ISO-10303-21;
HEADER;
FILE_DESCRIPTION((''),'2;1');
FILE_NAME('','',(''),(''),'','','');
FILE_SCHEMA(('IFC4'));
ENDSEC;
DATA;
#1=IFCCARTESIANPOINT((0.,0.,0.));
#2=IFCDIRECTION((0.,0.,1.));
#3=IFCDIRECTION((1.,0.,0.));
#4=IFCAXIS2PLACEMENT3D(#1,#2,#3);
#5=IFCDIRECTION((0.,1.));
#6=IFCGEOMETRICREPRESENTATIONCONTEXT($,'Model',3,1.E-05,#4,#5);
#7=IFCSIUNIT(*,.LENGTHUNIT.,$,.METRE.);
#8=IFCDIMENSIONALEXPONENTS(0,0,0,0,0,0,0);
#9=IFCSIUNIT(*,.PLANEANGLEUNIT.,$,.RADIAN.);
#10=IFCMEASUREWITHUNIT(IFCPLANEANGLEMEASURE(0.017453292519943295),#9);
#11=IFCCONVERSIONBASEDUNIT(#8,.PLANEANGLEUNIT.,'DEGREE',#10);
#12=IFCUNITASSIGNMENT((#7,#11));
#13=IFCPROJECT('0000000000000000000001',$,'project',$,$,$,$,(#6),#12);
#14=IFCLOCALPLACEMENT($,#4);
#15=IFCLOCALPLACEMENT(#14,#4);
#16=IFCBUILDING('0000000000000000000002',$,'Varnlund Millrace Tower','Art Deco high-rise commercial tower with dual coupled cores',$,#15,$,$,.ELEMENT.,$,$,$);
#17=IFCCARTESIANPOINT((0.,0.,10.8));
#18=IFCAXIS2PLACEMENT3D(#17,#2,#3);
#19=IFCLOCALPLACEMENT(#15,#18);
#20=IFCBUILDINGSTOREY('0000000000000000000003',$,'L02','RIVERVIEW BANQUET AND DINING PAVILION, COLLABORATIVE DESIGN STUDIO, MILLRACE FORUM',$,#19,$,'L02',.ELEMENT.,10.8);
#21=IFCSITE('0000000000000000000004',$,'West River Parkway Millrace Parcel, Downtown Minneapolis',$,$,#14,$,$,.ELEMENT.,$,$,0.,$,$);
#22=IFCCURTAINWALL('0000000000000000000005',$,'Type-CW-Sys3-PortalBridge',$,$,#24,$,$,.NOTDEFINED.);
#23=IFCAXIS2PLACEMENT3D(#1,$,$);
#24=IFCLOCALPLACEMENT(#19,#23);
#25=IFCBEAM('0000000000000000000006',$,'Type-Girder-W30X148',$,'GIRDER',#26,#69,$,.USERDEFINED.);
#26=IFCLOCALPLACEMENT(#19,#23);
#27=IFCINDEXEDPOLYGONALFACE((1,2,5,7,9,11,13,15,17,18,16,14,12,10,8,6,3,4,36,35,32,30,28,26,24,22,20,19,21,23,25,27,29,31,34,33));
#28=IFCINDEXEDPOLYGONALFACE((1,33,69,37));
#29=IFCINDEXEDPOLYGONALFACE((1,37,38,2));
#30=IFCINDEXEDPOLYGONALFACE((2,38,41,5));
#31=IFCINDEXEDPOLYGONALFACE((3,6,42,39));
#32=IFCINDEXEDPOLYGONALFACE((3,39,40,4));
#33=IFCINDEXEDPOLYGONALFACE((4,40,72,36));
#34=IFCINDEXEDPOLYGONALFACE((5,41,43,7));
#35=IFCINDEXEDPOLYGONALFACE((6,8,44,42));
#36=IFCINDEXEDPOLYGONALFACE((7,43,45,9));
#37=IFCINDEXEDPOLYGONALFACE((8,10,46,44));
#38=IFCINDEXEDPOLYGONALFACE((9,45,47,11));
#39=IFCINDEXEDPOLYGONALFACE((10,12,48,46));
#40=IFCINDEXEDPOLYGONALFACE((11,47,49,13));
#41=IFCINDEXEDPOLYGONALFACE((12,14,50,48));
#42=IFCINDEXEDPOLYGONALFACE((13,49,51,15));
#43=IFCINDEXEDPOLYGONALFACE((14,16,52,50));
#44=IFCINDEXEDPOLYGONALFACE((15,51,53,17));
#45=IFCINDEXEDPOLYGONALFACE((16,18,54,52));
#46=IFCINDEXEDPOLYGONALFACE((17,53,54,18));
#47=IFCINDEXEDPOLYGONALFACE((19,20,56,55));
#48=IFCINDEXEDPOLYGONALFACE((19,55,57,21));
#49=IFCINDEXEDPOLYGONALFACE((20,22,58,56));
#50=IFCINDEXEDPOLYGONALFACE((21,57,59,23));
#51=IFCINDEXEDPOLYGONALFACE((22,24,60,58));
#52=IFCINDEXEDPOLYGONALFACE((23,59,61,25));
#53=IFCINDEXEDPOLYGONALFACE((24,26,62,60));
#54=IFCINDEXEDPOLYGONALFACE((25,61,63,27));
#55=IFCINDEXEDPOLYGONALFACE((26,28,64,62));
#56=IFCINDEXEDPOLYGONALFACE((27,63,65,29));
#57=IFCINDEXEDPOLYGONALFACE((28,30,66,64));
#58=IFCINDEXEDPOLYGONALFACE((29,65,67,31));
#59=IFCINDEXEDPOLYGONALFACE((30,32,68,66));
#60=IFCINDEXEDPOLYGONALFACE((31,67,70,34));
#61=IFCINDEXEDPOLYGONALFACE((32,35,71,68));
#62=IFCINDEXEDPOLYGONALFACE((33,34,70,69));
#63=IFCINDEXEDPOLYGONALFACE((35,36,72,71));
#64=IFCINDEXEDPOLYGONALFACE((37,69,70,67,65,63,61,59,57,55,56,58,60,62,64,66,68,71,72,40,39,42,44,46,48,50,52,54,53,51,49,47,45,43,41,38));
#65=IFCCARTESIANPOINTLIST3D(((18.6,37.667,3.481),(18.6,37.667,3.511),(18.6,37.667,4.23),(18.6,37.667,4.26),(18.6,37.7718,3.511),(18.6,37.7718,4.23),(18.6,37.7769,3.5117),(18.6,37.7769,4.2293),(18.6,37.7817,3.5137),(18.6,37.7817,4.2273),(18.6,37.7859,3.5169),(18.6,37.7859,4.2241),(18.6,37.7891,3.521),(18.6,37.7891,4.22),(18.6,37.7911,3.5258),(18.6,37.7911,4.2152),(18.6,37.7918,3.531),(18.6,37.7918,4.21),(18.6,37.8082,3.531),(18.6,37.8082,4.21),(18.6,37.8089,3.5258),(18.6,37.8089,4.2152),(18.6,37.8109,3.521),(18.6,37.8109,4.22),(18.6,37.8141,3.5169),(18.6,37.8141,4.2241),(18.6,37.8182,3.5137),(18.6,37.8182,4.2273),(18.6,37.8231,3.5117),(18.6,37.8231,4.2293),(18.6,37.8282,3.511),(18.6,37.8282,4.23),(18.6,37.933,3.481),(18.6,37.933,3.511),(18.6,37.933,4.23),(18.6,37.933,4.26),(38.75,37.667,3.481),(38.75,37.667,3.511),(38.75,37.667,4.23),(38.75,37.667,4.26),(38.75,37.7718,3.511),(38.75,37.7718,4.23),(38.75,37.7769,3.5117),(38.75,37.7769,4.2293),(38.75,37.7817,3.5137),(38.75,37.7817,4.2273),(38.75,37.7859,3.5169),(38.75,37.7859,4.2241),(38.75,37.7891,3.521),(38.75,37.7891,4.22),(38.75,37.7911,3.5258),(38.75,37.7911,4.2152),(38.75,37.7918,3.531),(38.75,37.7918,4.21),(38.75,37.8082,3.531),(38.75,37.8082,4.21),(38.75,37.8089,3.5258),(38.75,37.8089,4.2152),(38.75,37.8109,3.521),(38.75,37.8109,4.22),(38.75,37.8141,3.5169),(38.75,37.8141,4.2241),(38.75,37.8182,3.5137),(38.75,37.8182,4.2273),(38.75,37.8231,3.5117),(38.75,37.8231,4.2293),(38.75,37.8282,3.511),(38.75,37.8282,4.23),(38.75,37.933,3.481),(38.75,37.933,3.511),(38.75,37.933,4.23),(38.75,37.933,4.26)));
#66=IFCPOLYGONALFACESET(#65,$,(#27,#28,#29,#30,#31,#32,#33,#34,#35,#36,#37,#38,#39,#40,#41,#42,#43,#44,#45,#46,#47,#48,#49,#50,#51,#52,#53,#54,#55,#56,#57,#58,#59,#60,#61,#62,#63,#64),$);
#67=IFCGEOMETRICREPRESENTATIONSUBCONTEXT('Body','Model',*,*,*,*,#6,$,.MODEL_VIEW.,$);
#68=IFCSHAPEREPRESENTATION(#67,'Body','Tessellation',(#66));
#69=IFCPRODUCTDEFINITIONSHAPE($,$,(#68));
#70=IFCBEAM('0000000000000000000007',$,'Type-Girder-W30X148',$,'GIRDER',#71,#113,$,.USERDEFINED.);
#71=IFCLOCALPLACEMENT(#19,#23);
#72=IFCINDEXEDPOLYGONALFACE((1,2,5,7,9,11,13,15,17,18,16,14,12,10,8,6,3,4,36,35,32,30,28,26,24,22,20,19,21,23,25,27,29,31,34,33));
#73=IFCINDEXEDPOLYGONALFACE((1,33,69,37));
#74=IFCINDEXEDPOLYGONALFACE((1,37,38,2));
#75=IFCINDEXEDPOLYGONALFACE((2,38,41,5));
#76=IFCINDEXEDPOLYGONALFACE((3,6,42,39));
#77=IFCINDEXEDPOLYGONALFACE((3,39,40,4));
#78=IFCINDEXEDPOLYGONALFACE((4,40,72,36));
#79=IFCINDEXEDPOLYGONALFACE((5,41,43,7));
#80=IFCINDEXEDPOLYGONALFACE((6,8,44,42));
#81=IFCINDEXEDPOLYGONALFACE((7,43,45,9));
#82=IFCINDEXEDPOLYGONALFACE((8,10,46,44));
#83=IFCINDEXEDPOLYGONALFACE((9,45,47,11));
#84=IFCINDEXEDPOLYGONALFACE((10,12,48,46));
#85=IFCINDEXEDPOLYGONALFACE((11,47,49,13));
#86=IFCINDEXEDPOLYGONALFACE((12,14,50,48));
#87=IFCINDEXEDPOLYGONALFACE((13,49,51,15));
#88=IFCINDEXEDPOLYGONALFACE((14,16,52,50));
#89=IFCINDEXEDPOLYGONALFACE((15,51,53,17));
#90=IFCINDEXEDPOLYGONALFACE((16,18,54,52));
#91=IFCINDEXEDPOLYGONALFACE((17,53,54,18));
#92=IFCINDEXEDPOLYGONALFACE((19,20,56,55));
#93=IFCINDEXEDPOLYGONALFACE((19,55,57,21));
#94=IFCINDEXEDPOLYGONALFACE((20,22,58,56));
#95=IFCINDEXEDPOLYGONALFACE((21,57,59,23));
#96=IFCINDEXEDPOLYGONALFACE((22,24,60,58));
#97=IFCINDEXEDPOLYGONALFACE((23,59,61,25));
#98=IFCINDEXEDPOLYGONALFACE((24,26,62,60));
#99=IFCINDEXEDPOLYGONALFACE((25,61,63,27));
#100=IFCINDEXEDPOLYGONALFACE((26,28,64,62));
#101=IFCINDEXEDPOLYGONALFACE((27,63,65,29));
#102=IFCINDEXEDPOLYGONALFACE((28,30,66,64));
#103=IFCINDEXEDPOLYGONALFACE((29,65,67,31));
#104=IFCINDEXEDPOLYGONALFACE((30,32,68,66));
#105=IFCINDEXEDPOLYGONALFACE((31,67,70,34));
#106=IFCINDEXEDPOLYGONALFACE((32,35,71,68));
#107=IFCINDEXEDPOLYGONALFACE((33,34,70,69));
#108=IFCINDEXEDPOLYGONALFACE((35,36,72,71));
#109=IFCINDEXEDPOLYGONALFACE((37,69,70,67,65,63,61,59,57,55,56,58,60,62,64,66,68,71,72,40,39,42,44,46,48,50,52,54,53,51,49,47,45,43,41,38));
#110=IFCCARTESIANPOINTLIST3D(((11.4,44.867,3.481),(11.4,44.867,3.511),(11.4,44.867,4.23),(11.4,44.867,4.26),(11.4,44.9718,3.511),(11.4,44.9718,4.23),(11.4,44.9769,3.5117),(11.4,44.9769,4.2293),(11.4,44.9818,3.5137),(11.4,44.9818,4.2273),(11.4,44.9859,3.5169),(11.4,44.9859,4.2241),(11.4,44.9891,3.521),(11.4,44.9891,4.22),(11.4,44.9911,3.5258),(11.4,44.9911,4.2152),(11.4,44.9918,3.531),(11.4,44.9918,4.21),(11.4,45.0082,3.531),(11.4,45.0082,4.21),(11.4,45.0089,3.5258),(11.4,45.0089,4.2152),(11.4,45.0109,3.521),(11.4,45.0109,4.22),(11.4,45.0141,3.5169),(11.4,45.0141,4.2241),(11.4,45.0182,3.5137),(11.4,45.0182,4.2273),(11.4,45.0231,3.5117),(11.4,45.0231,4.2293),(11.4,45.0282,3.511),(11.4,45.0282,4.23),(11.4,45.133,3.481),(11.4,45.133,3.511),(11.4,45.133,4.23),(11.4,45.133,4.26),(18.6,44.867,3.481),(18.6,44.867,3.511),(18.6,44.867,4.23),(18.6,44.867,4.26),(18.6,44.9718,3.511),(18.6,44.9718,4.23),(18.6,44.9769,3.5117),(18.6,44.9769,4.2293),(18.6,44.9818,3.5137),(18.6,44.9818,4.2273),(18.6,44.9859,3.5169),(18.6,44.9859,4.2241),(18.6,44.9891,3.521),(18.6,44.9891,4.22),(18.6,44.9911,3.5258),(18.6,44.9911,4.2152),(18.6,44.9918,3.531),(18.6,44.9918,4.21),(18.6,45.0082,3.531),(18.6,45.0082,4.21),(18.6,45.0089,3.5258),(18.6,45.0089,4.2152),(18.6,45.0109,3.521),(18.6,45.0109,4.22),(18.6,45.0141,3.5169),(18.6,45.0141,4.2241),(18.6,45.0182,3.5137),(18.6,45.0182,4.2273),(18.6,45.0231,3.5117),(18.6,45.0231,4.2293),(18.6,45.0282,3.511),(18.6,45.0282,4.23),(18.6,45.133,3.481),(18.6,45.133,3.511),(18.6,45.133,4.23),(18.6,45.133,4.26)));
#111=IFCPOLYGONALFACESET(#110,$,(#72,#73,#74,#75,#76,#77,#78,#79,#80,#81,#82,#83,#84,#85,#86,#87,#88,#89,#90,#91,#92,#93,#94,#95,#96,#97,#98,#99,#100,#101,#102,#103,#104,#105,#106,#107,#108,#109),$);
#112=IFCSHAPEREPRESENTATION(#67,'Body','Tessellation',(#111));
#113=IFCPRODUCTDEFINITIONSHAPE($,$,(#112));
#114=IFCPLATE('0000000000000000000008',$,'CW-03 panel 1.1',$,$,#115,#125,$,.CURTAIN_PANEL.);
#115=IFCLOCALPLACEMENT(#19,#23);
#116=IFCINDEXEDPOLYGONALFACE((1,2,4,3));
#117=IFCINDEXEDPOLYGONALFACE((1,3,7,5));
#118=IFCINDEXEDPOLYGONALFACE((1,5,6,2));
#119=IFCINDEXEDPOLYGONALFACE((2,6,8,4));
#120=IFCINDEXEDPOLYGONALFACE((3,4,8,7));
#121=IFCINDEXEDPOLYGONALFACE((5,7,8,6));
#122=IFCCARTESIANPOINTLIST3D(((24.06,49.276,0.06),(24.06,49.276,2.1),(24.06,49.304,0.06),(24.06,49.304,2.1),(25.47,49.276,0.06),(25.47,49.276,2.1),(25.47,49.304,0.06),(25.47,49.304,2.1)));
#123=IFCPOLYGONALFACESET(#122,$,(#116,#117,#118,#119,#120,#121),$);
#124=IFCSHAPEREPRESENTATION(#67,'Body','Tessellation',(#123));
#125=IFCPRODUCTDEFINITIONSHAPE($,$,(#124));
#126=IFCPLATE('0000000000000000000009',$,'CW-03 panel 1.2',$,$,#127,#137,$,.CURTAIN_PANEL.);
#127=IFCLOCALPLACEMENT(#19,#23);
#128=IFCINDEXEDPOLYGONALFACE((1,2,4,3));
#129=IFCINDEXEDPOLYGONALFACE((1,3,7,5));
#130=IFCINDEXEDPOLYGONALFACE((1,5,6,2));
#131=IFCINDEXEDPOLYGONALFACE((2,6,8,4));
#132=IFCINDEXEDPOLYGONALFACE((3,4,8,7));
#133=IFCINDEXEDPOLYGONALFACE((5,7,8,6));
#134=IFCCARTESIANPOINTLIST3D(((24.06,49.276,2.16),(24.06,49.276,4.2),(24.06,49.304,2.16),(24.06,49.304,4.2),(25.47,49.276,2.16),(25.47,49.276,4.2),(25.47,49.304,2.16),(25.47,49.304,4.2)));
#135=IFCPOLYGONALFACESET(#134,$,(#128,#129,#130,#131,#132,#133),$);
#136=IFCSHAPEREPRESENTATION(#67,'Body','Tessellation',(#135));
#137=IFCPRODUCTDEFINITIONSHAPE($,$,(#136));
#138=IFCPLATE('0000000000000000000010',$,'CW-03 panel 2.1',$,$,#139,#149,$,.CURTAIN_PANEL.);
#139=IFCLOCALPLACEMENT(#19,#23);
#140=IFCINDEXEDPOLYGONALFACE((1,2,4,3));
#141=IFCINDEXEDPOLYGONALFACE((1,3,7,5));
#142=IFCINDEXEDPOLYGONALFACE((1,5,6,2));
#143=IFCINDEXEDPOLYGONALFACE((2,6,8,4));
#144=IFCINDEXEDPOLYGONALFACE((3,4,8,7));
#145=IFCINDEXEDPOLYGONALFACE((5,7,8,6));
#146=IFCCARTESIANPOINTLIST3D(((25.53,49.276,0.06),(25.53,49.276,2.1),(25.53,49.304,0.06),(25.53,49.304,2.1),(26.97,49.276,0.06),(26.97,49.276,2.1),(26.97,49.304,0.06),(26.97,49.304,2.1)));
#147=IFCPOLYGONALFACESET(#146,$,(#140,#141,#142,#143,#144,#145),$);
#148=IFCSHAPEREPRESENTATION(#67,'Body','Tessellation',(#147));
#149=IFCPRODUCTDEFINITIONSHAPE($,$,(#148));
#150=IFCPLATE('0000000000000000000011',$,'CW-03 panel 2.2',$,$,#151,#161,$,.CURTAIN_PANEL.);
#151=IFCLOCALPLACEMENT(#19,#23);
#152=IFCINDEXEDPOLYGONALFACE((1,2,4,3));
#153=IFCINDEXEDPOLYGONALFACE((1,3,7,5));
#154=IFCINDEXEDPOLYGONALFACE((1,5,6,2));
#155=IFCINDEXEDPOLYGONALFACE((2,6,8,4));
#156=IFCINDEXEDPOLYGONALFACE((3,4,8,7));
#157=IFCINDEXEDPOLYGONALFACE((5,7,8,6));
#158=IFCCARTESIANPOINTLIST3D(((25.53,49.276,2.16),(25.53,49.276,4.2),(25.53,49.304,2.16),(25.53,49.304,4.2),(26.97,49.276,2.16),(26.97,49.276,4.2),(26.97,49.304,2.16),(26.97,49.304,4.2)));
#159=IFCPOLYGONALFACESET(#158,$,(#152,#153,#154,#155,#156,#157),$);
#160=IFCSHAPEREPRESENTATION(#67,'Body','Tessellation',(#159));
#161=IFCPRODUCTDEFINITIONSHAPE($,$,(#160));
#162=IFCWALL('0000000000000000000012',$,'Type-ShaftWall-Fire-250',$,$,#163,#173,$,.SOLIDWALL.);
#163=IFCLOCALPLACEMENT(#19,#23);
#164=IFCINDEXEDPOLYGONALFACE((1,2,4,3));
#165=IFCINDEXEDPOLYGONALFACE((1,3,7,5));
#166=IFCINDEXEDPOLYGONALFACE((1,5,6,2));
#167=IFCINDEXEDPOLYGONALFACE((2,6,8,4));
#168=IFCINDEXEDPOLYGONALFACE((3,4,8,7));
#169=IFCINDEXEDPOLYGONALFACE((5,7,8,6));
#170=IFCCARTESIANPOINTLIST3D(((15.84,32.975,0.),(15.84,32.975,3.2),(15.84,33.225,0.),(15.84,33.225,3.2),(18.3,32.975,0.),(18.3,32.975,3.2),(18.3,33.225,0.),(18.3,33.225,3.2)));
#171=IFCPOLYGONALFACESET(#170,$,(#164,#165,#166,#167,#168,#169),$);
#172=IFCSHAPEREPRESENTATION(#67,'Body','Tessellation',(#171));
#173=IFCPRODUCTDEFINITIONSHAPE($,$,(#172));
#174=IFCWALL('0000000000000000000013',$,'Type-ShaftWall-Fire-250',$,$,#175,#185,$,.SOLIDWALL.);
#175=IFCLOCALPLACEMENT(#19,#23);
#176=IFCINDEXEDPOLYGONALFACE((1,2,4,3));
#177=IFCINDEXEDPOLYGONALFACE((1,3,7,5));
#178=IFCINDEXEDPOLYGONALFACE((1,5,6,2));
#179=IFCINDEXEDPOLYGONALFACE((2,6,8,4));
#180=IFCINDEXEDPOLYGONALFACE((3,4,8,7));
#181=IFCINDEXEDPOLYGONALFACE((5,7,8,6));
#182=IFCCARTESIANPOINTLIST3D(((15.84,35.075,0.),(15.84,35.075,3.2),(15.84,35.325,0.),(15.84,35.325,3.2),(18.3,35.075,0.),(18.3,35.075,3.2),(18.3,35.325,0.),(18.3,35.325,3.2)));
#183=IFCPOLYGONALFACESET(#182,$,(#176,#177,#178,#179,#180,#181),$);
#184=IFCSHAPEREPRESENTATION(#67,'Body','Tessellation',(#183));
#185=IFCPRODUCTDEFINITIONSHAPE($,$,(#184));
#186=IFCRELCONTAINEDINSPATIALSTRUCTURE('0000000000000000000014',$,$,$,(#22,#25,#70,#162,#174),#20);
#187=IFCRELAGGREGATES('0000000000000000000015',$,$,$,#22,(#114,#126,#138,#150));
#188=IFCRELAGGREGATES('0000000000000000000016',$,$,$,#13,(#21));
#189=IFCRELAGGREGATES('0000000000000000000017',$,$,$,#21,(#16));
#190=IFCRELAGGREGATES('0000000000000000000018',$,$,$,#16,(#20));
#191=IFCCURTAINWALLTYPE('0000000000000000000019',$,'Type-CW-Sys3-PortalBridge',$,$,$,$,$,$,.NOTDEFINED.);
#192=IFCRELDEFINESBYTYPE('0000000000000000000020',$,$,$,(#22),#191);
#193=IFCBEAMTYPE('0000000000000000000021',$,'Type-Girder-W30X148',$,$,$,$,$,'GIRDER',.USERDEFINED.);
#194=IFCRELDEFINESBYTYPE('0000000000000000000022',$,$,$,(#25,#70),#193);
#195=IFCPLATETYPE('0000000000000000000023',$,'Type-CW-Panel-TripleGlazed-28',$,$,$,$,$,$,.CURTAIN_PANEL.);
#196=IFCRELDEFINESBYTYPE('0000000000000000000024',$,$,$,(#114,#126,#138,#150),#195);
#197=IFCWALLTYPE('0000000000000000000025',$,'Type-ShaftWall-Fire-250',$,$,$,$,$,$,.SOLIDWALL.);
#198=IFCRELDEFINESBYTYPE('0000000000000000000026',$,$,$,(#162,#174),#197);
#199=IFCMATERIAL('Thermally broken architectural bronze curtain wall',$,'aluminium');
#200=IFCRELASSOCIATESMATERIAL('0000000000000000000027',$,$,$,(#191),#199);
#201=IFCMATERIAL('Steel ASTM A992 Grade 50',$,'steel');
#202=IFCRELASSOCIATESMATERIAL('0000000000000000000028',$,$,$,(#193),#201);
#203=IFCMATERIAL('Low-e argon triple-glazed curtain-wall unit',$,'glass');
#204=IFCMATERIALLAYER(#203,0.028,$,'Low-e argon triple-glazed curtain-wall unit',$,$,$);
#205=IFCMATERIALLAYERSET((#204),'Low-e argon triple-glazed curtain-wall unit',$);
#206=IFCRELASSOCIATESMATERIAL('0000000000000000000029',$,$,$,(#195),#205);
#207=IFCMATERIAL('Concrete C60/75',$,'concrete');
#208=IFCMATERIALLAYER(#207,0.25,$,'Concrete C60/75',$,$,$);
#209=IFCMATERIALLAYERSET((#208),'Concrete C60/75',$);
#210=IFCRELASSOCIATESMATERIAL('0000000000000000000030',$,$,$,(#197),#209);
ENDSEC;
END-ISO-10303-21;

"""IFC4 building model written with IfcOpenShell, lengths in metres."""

from ifc_helpers import new_model, entity, si_unit, converted_unit, direction, frame, origin_with_axes, origin_2d_with_axis, place, context, subcontext, project, spatial, polyline, rectangle, i_section, outline, extrude, material, layer, layer_set, material_profile, profile_set, type_object, element, aggregate, save


model = new_model("IFC4")

# Units and contexts
model_context = context("Model", 3, precision=1e-05, world=origin_with_axes(), true_north=direction((0.0, 1.0)))
body_context = subcontext(model_context, "Body", "Model", "MODEL_VIEW")
ifc_project = project(units=[si_unit("LENGTHUNIT", "METRE"), converted_unit("PLANEANGLEUNIT", "DEGREE", entity("IfcPlaneAngleMeasure", 0.017453292519943295), si_unit("PLANEANGLEUNIT", "RADIAN"), dimensions=[0, 0, 0, 0, 0, 0, 0])], contexts=[model_context])

# Site, building, storey
site_placement = place(None, origin_with_axes())
site = spatial("IfcSite", under=ifc_project, at=site_placement, Name="West River Parkway Millrace Parcel, Downtown Minneapolis", CompositionType="ELEMENT", RefElevation=0.0)
building_placement = place(site_placement, origin_with_axes())
building = spatial("IfcBuilding", under=site, at=building_placement, Name="Varnlund Millrace Tower", Description="Art Deco high-rise commercial tower with dual coupled cores", CompositionType="ELEMENT")
storey_placement = place(building_placement, frame((0.0, 0.0, 10.8), z_axis=(0.0, 0.0, 1.0), x_axis=(1.0, 0.0, 0.0)))
storey = spatial("IfcBuildingStorey", under=building, at=storey_placement, Name="L02", Description="RIVERVIEW BANQUET AND DINING PAVILION, COLLABORATIVE DESIGN STUDIO, MILLRACE FORUM", LongName="L02", CompositionType="ELEMENT", Elevation=10.8)

# Curtain wall
ifc_material_1 = material(Name="Thermally broken architectural bronze curtain wall", Category="aluminium")
curtain_wall_type = type_object("IfcCurtainWallType", Name="Type-CW-Sys3-PortalBridge", PredefinedType="NOTDEFINED", material=ifc_material_1)
curtain_wall_placement = place(storey_placement, frame((24.0, 49.29, 0.0), z_axis=(0.0, 0.0, 1.0), x_axis=(1.0, 0.0, 0.0)))
curtain_wall = element("IfcCurtainWall", 1, at=curtain_wall_placement, inside=storey, type_object=curtain_wall_type, Name="Type-CW-Sys3-PortalBridge", PredefinedType="NOTDEFINED")

# Beams
ifc_material_2 = material(Name="Steel ASTM A992 Grade 50", Category="steel")
ifc_material_profile_1 = material_profile(ifc_material_2, i_section(OverallWidth=0.266, OverallDepth=0.779, WebThickness=0.0165, FlangeThickness=0.03, FilletRadius=0.02, at=origin_2d_with_axis()), Name="Steel ASTM A992 Grade 50")
ifc_profile_set_1 = profile_set([ifc_material_profile_1], Name="Steel ASTM A992 Grade 50")
beam_type_1 = type_object("IfcBeamType", Name="Type-Girder-W30X148", ElementType="GIRDER", PredefinedType="USERDEFINED", material=ifc_profile_set_1)
beam_1_placement = place(storey_placement, frame((18.6, 37.8, 3.8705), z_axis=(1.0, 0.0, 0.0), x_axis=(0.0, 1.0, 0.0)))
element("IfcBeam", 2, at=beam_1_placement, inside=storey, type_object=beam_type_1, Name="Type-Girder-W30X148", ObjectType="GIRDER", PredefinedType="USERDEFINED", context=body_context, shape_type="SweptSolid", body=[
    extrude(i_section(OverallWidth=0.266, OverallDepth=0.779, WebThickness=0.0165, FlangeThickness=0.03, FilletRadius=0.02, at=origin_2d_with_axis()), origin_with_axes(), (0.0, 0.0, 1.0), 20.15),
])
beam_2_placement = place(storey_placement, frame((11.4, 45.0, 3.8705), z_axis=(1.0, 0.0, 0.0), x_axis=(0.0, 1.0, 0.0)))
element("IfcBeam", 3, at=beam_2_placement, inside=storey, type_object=beam_type_1, Name="Type-Girder-W30X148", ObjectType="GIRDER", PredefinedType="USERDEFINED", context=body_context, shape_type="SweptSolid", body=[
    extrude(i_section(OverallWidth=0.266, OverallDepth=0.779, WebThickness=0.0165, FlangeThickness=0.03, FilletRadius=0.02, at=origin_2d_with_axis()), origin_with_axes(), (0.0, 0.0, 1.0), 7.2),
])

# Plates
ifc_material_3 = material(Name="Low-e argon triple-glazed curtain-wall unit", Category="glass")
ifc_layer_1 = layer(ifc_material_3, 0.028, Name="Low-e argon triple-glazed curtain-wall unit")
ifc_layer_set_1 = layer_set([ifc_layer_1], Name="Low-e argon triple-glazed curtain-wall unit")
plate_type = type_object("IfcPlateType", Name="Type-CW-Panel-TripleGlazed-28", PredefinedType="CURTAIN_PANEL", material=ifc_layer_set_1)
plate_1_placement = place(storey_placement, frame((24.765, 49.29, 0.06), z_axis=(0.0, 0.0, 1.0), x_axis=(1.0, 0.0, 0.0)))
plate_1 = element("IfcPlate", 4, at=plate_1_placement, type_object=plate_type, Name="CW-03 panel 1.1", PredefinedType="CURTAIN_PANEL", context=body_context, shape_type="SweptSolid", body=[
    extrude(rectangle(XDim=1.41, YDim=0.028, at=origin_2d_with_axis()), origin_with_axes(), (0.0, 0.0, 1.0), 2.04),
])
plate_2_placement = place(storey_placement, frame((24.765, 49.29, 2.16), z_axis=(0.0, 0.0, 1.0), x_axis=(1.0, 0.0, 0.0)))
plate_2 = element("IfcPlate", 5, at=plate_2_placement, type_object=plate_type, Name="CW-03 panel 1.2", PredefinedType="CURTAIN_PANEL", context=body_context, shape_type="SweptSolid", body=[
    extrude(rectangle(XDim=1.41, YDim=0.028, at=origin_2d_with_axis()), origin_with_axes(), (0.0, 0.0, 1.0), 2.04),
])
plate_3_placement = place(storey_placement, frame((26.25, 49.29, 0.06), z_axis=(0.0, 0.0, 1.0), x_axis=(1.0, 0.0, 0.0)))
plate_3 = element("IfcPlate", 6, at=plate_3_placement, type_object=plate_type, Name="CW-03 panel 2.1", PredefinedType="CURTAIN_PANEL", context=body_context, shape_type="SweptSolid", body=[
    extrude(rectangle(XDim=1.44, YDim=0.028, at=origin_2d_with_axis()), origin_with_axes(), (0.0, 0.0, 1.0), 2.04),
])
plate_4_placement = place(storey_placement, frame((26.25, 49.29, 2.16), z_axis=(0.0, 0.0, 1.0), x_axis=(1.0, 0.0, 0.0)))
plate_4 = element("IfcPlate", 7, at=plate_4_placement, type_object=plate_type, Name="CW-03 panel 2.2", PredefinedType="CURTAIN_PANEL", context=body_context, shape_type="SweptSolid", body=[
    extrude(rectangle(XDim=1.44, YDim=0.028, at=origin_2d_with_axis()), origin_with_axes(), (0.0, 0.0, 1.0), 2.04),
])
aggregate(curtain_wall, [plate_1, plate_2, plate_3, plate_4])

# Walls
ifc_material_4 = material(Name="Concrete C60/75", Category="concrete")
ifc_layer_2 = layer(ifc_material_4, 0.25, Name="Concrete C60/75")
ifc_layer_set_2 = layer_set([ifc_layer_2], Name="Concrete C60/75")
wall_type = type_object("IfcWallType", Name="Type-ShaftWall-Fire-250", PredefinedType="SOLIDWALL", material=ifc_layer_set_2)
for number, where, z_axis, x_axis, name in (
    (8, (15.84, 33.1, 0.0), (0.0, 0.0, 1.0), (1.0, 0.0, 0.0), "Type-ShaftWall-Fire-250"),
    (9, (15.84, 35.2, 0.0), (0.0, 0.0, 1.0), (1.0, 0.0, 0.0), "Type-ShaftWall-Fire-250"),
):
    element("IfcWall", number, at=place(storey_placement, frame(where, z_axis=z_axis, x_axis=x_axis)), inside=storey, type_object=wall_type, Name=name, PredefinedType="SOLIDWALL", context=body_context, shape_type="SweptSolid", body=[
        extrude(outline(polyline([(0.0, -0.125), (2.46, -0.125), (2.46, 0.125), (0.0, 0.125), (0.0, -0.125)])), origin_with_axes(), (0.0, 0.0, 1.0), 3.2),
    ])

save(model, "model.ifc")
